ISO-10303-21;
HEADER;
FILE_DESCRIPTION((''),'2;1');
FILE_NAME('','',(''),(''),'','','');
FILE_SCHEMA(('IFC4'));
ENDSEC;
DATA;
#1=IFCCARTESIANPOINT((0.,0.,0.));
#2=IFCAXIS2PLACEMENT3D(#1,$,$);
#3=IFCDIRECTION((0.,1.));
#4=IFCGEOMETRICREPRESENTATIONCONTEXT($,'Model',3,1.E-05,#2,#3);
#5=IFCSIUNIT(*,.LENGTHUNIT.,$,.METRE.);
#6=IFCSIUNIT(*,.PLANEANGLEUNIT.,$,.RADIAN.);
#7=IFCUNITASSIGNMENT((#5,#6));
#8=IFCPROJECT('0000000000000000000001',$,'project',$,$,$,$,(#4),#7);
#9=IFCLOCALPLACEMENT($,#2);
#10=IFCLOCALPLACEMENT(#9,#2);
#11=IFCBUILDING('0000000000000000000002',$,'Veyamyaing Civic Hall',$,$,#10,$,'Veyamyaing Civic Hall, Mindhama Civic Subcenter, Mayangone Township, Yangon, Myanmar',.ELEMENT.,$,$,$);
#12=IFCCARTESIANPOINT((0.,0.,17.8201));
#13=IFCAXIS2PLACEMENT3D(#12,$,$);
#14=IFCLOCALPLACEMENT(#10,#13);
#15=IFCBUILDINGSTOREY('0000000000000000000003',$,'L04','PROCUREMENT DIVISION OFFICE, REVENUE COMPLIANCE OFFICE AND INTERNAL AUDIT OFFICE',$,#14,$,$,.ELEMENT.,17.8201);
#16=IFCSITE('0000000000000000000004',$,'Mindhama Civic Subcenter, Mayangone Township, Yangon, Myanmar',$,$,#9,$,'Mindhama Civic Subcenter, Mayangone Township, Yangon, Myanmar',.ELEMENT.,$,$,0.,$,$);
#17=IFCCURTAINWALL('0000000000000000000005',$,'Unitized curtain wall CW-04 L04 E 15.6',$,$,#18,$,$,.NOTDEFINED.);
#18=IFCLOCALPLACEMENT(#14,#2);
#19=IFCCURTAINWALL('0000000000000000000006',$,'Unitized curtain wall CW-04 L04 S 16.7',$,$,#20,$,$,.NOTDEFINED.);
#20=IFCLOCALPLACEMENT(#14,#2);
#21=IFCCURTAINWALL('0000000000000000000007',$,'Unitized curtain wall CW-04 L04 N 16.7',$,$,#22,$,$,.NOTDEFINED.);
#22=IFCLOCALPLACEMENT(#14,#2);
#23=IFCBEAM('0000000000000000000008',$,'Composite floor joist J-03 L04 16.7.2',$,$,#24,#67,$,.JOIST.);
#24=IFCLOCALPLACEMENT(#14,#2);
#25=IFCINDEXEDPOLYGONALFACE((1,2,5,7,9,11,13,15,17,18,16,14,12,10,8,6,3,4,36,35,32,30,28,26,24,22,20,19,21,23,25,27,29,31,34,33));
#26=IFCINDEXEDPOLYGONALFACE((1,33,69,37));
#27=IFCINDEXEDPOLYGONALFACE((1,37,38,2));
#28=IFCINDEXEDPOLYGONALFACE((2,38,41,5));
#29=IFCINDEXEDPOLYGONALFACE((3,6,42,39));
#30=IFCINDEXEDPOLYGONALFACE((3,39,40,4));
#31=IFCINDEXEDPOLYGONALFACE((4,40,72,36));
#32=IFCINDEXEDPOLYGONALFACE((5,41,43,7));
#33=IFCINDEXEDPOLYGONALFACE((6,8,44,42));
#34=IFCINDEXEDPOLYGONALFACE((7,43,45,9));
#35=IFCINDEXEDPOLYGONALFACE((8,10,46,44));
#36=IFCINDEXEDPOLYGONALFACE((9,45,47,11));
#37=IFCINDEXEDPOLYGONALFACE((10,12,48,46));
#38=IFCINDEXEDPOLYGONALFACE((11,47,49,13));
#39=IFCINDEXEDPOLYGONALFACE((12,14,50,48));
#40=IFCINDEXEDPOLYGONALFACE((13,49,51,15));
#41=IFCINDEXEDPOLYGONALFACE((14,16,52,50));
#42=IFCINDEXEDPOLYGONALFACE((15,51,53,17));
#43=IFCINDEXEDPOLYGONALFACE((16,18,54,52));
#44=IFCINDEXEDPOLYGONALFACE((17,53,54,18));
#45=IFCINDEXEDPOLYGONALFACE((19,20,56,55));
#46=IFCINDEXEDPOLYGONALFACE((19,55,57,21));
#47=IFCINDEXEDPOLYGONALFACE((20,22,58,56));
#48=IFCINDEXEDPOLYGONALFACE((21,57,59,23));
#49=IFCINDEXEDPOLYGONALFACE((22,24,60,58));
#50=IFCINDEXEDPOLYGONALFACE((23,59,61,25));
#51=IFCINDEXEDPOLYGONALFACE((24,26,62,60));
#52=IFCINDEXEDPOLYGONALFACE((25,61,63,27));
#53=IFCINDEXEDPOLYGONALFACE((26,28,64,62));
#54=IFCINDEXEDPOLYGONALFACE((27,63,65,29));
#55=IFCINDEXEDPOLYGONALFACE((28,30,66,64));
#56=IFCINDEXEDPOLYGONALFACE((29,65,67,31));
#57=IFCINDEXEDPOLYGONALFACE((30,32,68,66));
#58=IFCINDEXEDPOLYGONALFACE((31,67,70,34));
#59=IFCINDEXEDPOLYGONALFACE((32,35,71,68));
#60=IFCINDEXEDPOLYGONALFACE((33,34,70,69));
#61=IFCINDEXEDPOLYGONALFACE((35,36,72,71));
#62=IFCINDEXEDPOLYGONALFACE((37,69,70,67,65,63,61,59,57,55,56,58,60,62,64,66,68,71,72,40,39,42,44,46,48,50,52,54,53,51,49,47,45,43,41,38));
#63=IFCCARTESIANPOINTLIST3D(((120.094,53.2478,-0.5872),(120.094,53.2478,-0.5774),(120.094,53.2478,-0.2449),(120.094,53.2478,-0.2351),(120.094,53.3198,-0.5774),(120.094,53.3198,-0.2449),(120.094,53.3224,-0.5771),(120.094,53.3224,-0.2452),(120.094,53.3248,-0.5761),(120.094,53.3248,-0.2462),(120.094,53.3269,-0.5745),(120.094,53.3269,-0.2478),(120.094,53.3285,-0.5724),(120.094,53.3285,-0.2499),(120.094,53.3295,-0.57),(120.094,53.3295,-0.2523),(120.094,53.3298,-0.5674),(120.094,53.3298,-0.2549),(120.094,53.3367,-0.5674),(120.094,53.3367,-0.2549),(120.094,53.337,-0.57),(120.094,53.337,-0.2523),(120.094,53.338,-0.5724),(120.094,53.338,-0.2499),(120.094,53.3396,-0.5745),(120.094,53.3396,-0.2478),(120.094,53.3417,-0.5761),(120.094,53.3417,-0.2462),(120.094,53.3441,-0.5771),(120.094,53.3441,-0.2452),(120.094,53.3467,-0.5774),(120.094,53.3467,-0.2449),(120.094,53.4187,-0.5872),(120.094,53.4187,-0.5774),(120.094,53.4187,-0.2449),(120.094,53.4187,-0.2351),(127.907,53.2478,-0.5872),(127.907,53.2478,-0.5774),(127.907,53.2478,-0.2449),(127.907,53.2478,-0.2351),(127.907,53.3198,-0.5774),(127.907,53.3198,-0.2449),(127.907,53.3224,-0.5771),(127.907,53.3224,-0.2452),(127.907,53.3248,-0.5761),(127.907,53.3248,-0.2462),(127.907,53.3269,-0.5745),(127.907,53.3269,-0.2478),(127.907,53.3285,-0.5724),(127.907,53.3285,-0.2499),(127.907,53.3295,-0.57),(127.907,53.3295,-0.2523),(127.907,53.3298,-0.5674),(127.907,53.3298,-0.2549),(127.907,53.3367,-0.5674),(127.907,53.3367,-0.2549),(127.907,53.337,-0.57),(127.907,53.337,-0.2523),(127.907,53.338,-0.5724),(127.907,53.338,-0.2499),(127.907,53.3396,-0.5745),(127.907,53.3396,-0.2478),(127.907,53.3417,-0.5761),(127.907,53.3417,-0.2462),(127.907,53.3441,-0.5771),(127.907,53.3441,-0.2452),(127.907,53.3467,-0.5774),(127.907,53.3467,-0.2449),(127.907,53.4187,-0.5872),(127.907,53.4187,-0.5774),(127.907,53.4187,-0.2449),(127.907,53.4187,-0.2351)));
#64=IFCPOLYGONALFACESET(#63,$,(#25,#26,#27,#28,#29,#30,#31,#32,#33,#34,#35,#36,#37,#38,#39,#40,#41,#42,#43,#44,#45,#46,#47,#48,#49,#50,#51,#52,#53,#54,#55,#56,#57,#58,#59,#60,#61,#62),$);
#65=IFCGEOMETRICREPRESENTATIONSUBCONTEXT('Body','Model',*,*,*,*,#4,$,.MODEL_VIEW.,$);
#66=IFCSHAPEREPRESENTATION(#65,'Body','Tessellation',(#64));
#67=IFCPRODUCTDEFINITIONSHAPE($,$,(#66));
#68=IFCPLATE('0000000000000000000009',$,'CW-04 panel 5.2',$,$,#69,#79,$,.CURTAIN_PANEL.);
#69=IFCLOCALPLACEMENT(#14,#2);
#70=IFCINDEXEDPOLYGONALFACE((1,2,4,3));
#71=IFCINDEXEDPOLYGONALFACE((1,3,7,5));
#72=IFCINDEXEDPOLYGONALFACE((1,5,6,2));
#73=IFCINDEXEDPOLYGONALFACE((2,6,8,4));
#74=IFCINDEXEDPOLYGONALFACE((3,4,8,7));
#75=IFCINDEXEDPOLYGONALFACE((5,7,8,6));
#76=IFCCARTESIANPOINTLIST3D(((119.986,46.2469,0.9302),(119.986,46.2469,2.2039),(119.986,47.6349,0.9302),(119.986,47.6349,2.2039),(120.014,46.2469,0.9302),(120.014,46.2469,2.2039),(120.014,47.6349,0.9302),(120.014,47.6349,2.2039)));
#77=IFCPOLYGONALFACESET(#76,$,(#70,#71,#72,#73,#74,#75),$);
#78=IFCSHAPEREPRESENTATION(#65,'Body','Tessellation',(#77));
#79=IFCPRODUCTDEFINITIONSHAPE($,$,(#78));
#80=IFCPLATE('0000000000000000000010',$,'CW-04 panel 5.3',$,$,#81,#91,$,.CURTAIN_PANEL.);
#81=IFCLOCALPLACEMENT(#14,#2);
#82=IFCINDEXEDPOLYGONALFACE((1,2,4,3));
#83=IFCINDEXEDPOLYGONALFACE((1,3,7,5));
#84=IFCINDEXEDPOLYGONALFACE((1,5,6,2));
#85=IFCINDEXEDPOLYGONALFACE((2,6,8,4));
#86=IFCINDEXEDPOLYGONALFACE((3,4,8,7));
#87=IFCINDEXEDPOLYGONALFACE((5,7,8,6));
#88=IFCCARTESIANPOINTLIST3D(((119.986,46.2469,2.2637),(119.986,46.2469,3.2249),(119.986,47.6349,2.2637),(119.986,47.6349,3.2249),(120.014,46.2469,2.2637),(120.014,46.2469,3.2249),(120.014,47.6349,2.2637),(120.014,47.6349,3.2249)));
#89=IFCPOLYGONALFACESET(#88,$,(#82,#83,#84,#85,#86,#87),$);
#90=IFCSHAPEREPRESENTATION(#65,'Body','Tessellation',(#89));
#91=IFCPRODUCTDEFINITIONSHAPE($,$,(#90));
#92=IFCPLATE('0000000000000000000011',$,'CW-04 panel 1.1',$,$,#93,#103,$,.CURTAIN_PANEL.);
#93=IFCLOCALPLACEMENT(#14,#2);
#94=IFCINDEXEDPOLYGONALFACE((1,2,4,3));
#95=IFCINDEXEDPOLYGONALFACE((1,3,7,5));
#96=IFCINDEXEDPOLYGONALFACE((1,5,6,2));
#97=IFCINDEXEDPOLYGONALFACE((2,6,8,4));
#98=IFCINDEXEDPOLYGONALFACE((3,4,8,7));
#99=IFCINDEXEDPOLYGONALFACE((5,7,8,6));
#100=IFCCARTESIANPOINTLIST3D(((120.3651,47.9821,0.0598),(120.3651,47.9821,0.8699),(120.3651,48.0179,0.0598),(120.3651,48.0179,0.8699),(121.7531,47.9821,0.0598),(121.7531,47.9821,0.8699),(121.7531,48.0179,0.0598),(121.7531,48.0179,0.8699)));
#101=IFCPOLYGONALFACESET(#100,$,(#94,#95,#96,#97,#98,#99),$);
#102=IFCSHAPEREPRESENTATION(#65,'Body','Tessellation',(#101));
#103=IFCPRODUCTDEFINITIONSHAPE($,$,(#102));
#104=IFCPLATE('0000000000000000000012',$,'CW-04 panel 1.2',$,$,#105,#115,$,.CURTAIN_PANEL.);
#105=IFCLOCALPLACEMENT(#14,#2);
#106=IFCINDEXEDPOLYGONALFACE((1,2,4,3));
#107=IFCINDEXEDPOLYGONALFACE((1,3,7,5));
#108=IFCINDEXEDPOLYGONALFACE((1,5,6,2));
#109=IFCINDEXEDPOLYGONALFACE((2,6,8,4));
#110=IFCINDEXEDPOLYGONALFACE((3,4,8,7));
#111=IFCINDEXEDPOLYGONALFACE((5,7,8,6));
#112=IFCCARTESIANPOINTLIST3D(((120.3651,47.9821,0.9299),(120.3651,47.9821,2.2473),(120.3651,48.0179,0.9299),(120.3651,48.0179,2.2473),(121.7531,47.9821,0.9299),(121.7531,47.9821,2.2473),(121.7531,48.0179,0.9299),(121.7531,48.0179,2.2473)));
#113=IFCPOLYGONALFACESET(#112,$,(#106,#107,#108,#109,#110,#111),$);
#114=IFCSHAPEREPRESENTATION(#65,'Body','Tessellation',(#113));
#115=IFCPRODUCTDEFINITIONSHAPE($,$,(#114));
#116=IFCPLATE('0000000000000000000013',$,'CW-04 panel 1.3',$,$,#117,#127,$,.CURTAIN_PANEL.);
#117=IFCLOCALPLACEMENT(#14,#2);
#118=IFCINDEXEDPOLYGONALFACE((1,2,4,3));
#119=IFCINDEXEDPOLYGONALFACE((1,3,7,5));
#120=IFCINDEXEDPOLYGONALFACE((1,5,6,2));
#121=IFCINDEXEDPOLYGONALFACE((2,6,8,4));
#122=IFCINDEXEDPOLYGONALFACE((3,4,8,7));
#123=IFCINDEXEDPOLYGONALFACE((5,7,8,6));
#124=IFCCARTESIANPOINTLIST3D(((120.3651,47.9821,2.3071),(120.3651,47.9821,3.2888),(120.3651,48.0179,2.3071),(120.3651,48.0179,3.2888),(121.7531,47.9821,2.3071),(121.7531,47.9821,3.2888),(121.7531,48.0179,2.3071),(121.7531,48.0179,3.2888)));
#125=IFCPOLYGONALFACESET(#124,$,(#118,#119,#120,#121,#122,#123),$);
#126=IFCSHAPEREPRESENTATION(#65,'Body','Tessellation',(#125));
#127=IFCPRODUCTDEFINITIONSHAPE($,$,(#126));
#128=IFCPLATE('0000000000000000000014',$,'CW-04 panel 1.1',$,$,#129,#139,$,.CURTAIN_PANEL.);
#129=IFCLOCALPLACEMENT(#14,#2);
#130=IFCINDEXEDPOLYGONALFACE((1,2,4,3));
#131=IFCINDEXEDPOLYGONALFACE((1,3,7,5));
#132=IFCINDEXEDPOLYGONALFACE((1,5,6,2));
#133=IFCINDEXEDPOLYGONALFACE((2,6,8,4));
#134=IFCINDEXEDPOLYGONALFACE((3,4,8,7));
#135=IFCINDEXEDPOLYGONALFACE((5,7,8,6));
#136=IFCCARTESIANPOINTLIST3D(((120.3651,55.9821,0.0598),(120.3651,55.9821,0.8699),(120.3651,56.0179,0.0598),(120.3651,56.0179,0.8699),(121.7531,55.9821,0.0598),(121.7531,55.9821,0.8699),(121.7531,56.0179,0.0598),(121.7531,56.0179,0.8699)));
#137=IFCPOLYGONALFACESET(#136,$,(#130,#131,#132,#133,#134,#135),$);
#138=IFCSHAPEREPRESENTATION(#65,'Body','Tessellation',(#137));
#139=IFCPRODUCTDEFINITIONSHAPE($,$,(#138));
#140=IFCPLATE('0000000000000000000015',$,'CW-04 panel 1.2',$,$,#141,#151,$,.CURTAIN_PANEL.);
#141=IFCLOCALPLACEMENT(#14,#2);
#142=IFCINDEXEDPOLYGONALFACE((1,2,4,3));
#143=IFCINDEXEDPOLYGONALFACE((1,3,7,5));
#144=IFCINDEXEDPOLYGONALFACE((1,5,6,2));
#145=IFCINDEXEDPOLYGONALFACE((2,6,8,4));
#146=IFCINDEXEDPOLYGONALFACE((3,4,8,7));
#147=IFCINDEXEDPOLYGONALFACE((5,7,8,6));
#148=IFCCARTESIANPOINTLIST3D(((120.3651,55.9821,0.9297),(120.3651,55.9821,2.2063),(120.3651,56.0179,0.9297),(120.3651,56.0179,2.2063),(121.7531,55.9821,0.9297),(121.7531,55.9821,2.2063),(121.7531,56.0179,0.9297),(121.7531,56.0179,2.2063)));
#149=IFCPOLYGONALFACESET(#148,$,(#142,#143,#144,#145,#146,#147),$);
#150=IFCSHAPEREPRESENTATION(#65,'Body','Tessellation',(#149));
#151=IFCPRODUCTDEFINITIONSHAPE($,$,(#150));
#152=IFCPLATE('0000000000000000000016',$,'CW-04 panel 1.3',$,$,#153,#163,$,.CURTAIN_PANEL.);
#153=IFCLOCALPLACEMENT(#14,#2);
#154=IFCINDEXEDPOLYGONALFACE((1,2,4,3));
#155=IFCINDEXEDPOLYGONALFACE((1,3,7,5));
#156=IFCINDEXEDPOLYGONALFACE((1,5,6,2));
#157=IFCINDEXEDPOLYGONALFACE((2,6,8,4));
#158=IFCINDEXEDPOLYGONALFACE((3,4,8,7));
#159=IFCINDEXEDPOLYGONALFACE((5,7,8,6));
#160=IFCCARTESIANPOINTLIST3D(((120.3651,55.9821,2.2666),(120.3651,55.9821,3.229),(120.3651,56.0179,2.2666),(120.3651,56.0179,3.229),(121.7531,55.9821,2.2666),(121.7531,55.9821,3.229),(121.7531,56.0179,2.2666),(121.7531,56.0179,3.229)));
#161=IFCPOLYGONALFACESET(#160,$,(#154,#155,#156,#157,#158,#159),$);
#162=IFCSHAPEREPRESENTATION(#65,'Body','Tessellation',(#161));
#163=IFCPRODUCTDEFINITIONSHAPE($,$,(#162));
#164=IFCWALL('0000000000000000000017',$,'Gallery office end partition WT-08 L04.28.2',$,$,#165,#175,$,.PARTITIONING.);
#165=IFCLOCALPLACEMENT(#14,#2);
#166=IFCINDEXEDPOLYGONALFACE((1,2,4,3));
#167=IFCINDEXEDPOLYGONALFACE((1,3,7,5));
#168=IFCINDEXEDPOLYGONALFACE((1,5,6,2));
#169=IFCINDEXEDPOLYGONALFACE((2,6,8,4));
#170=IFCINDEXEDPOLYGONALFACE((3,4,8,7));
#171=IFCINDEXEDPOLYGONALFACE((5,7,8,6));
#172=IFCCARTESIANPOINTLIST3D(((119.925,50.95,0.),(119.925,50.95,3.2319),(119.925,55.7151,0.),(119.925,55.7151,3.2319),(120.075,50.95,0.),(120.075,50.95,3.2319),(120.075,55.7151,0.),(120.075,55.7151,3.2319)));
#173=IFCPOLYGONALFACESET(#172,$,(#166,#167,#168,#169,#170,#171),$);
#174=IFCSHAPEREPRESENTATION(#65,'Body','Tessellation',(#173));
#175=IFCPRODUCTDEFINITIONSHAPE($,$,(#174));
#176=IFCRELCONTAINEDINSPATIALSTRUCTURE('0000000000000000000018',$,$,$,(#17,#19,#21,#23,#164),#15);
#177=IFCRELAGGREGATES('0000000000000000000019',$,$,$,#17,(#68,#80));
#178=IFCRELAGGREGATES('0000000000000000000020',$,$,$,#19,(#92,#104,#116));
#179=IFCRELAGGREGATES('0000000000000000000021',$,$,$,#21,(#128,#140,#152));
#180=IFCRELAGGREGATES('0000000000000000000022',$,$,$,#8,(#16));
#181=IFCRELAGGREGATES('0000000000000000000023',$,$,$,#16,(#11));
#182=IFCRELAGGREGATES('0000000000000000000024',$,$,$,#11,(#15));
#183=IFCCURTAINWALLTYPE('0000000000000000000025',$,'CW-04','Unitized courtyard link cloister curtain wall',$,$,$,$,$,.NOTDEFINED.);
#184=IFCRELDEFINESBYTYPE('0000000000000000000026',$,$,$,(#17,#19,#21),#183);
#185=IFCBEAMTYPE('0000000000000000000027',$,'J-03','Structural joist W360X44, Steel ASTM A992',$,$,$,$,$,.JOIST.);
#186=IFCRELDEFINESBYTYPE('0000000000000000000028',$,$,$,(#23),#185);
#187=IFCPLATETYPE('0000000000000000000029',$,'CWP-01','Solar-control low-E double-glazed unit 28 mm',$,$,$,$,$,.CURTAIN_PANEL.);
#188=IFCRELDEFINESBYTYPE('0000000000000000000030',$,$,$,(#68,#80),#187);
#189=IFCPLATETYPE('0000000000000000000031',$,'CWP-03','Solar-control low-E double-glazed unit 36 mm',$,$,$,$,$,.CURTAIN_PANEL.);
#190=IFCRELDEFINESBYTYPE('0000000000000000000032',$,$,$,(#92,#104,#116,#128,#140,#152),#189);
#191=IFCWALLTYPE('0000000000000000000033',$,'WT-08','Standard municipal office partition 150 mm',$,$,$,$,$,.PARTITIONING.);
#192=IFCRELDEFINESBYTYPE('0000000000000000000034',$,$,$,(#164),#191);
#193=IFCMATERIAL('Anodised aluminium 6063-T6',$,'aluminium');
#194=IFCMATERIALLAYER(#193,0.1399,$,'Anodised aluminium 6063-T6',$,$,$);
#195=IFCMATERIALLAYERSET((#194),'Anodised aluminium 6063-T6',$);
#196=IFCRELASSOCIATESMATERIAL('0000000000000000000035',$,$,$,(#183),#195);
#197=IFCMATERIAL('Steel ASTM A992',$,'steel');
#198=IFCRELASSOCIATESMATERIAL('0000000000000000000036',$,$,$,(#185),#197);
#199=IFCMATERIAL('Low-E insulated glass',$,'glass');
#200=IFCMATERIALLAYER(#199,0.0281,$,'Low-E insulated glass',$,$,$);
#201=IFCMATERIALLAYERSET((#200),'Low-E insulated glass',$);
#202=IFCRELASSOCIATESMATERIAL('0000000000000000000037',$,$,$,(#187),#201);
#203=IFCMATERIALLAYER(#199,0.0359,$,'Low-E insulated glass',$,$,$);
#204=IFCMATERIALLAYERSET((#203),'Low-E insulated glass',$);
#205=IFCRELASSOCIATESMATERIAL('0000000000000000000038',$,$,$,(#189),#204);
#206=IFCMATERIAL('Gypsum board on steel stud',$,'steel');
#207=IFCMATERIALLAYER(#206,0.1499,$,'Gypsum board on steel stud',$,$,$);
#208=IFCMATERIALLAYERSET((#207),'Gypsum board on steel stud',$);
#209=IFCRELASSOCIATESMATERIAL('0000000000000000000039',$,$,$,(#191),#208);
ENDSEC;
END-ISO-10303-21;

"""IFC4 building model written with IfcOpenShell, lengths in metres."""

from ifc_helpers import new_model, si_unit, direction, frame, frame_2d, origin, origin_2d, place, context, subcontext, project, spatial, rectangle, i_section, extrude, material, layer, layer_set, material_profile, profile_set, type_object, element, aggregate, save


model = new_model("IFC4")

# Units and contexts
model_context = context("Model", 3, precision=1e-05, world=origin(), true_north=direction((0.0, 1.0)))
body_context = subcontext(model_context, "Body", "Model", "MODEL_VIEW")
ifc_project = project(units=[si_unit("LENGTHUNIT", "METRE"), si_unit("PLANEANGLEUNIT", "RADIAN")], contexts=[model_context])

# Site, building, storey
site_placement = place(None, origin())
site = spatial("IfcSite", under=ifc_project, at=site_placement, Name="Mindhama Civic Subcenter, Mayangone Township, Yangon, Myanmar", LongName="Mindhama Civic Subcenter, Mayangone Township, Yangon, Myanmar", CompositionType="ELEMENT", RefElevation=0.0)
building_placement = place(site_placement, origin())
building = spatial("IfcBuilding", under=site, at=building_placement, Name="Veyamyaing Civic Hall", LongName="Veyamyaing Civic Hall, Mindhama Civic Subcenter, Mayangone Township, Yangon, Myanmar", CompositionType="ELEMENT")
storey_placement = place(building_placement, frame((0.0, 0.0, 17.8201)))
storey = spatial("IfcBuildingStorey", under=building, at=storey_placement, Name="L04", Description="PROCUREMENT DIVISION OFFICE, REVENUE COMPLIANCE OFFICE AND INTERNAL AUDIT OFFICE", CompositionType="ELEMENT", Elevation=17.8201)

# Shared definitions
ifc_material_1 = material(Name="Steel ASTM A992", Category="steel")

# Curtain walls
ifc_material_2 = material(Name="Anodised aluminium 6063-T6", Category="aluminium")
ifc_layer_1 = layer(ifc_material_2, 0.1399, Name="Anodised aluminium 6063-T6")
ifc_layer_set_1 = layer_set([ifc_layer_1], Name="Anodised aluminium 6063-T6")
curtain_wall_type = type_object("IfcCurtainWallType", Name="CW-04", Description="Unitized courtyard link cloister curtain wall", PredefinedType="NOTDEFINED", material=ifc_layer_set_1)
curtain_wall_1_placement = place(storey_placement, origin())
curtain_wall_1 = element("IfcCurtainWall", 1, at=curtain_wall_1_placement, inside=storey, type_object=curtain_wall_type, Name="Unitized curtain wall CW-04 L04 E 15.6", PredefinedType="NOTDEFINED")
curtain_wall_2_placement = place(storey_placement, origin())
curtain_wall_2 = element("IfcCurtainWall", 2, at=curtain_wall_2_placement, inside=storey, type_object=curtain_wall_type, Name="Unitized curtain wall CW-04 L04 S 16.7", PredefinedType="NOTDEFINED")
curtain_wall_3_placement = place(storey_placement, origin())
curtain_wall_3 = element("IfcCurtainWall", 3, at=curtain_wall_3_placement, inside=storey, type_object=curtain_wall_type, Name="Unitized curtain wall CW-04 L04 N 16.7", PredefinedType="NOTDEFINED")

# Beam
ifc_material_profile_1 = material_profile(ifc_material_1, i_section(OverallWidth=0.1709, OverallDepth=0.3521, WebThickness=0.0068, FlangeThickness=0.0098, FilletRadius=0.01, at=origin_2d()), Name="W360X44")
ifc_profile_set_1 = profile_set([ifc_material_profile_1], Name="Steel ASTM A992")
beam_type_1 = type_object("IfcBeamType", Name="J-03", Description="Structural joist W360X44, Steel ASTM A992", PredefinedType="JOIST", material=ifc_profile_set_1)
for number, where, z_axis, x_axis, name in (
    (4, (120.094, 53.3333, -0.4111), (1.0, 0.0, 0.0), (0.0, 1.0, 0.0), "Composite floor joist J-03 L04 16.7.2"),
):
    element("IfcBeam", number, at=place(storey_placement, frame(where, z_axis=z_axis, x_axis=x_axis)), inside=storey, type_object=beam_type_1, Name=name, PredefinedType="JOIST", context=body_context, shape_type="SweptSolid", body=[
        extrude(i_section(OverallWidth=0.1709, OverallDepth=0.3521, WebThickness=0.0068, FlangeThickness=0.0098, FilletRadius=0.01, at=origin_2d()), origin(), (0.0, 0.0, 1.0), 7.813),
    ])

# Plates
ifc_material_3 = material(Name="Low-E insulated glass", Category="glass")
ifc_layer_2 = layer(ifc_material_3, 0.0281, Name="Low-E insulated glass")
ifc_layer_set_2 = layer_set([ifc_layer_2], Name="Low-E insulated glass")
plate_type_1 = type_object("IfcPlateType", Name="CWP-01", Description="Solar-control low-E double-glazed unit 28 mm", PredefinedType="CURTAIN_PANEL", material=ifc_layer_set_2)
plate_1_placement = place(storey_placement, frame((120.0, 46.9409, 0.9302), z_axis=(0.0, 0.0, 1.0), x_axis=(0.0, 1.0, 0.0)))
plate_1 = element("IfcPlate", 5, at=plate_1_placement, type_object=plate_type_1, Name="CW-04 panel 5.2", PredefinedType="CURTAIN_PANEL", context=body_context, shape_type="SweptSolid", body=[
    extrude(rectangle(XDim=1.3879, YDim=0.0281, at=origin_2d()), origin(), (0.0, 0.0, 1.0), 1.2737),
])
plate_2_placement = place(storey_placement, frame((120.0, 46.9409, 2.2637), z_axis=(0.0, 0.0, 1.0), x_axis=(0.0, 1.0, 0.0)))
plate_2 = element("IfcPlate", 6, at=plate_2_placement, type_object=plate_type_1, Name="CW-04 panel 5.3", PredefinedType="CURTAIN_PANEL", context=body_context, shape_type="SweptSolid", body=[
    extrude(rectangle(XDim=1.3879, YDim=0.0281, at=origin_2d()), origin(), (0.0, 0.0, 1.0), 0.9612),
])
aggregate(curtain_wall_1, [plate_1, plate_2])
ifc_layer_3 = layer(ifc_material_3, 0.0359, Name="Low-E insulated glass")
ifc_layer_set_3 = layer_set([ifc_layer_3], Name="Low-E insulated glass")
plate_type_2 = type_object("IfcPlateType", Name="CWP-03", Description="Solar-control low-E double-glazed unit 36 mm", PredefinedType="CURTAIN_PANEL", material=ifc_layer_set_3)
plate_3_placement = place(storey_placement, frame((121.0591, 48.0, 0.0598), z_axis=(0.0, 0.0, 1.0), x_axis=(1.0, 0.0, 0.0)))
plate_3 = element("IfcPlate", 7, at=plate_3_placement, type_object=plate_type_2, Name="CW-04 panel 1.1", PredefinedType="CURTAIN_PANEL", context=body_context, shape_type="SweptSolid", body=[
    extrude(rectangle(XDim=1.3879, YDim=0.0359, at=origin_2d()), origin(), (0.0, 0.0, 1.0), 0.8101),
])
plate_4_placement = place(storey_placement, frame((121.0591, 48.0, 0.9299), z_axis=(0.0, 0.0, 1.0), x_axis=(1.0, 0.0, 0.0)))
plate_4 = element("IfcPlate", 8, at=plate_4_placement, type_object=plate_type_2, Name="CW-04 panel 1.2", PredefinedType="CURTAIN_PANEL", context=body_context, shape_type="SweptSolid", body=[
    extrude(rectangle(XDim=1.3879, YDim=0.0359, at=origin_2d()), origin(), (0.0, 0.0, 1.0), 1.3174),
])
plate_5_placement = place(storey_placement, frame((121.0591, 48.0, 2.3071), z_axis=(0.0, 0.0, 1.0), x_axis=(1.0, 0.0, 0.0)))
plate_5 = element("IfcPlate", 9, at=plate_5_placement, type_object=plate_type_2, Name="CW-04 panel 1.3", PredefinedType="CURTAIN_PANEL", context=body_context, shape_type="SweptSolid", body=[
    extrude(rectangle(XDim=1.3879, YDim=0.0359, at=origin_2d()), origin(), (0.0, 0.0, 1.0), 0.9817),
])
aggregate(curtain_wall_2, [plate_3, plate_4, plate_5])
plate_6_placement = place(storey_placement, frame((121.0591, 56.0, 0.0598), z_axis=(0.0, 0.0, 1.0), x_axis=(1.0, 0.0, 0.0)))
plate_6 = element("IfcPlate", 10, at=plate_6_placement, type_object=plate_type_2, Name="CW-04 panel 1.1", PredefinedType="CURTAIN_PANEL", context=body_context, shape_type="SweptSolid", body=[
    extrude(rectangle(XDim=1.3879, YDim=0.0359, at=origin_2d()), origin(), (0.0, 0.0, 1.0), 0.8101),
])
plate_7_placement = place(storey_placement, frame((121.0591, 56.0, 0.9297), z_axis=(0.0, 0.0, 1.0), x_axis=(1.0, 0.0, 0.0)))
plate_7 = element("IfcPlate", 11, at=plate_7_placement, type_object=plate_type_2, Name="CW-04 panel 1.2", PredefinedType="CURTAIN_PANEL", context=body_context, shape_type="SweptSolid", body=[
    extrude(rectangle(XDim=1.3879, YDim=0.0359, at=origin_2d()), origin(), (0.0, 0.0, 1.0), 1.2766),
])
plate_8_placement = place(storey_placement, frame((121.0591, 56.0, 2.2666), z_axis=(0.0, 0.0, 1.0), x_axis=(1.0, 0.0, 0.0)))
plate_8 = element("IfcPlate", 12, at=plate_8_placement, type_object=plate_type_2, Name="CW-04 panel 1.3", PredefinedType="CURTAIN_PANEL", context=body_context, shape_type="SweptSolid", body=[
    extrude(rectangle(XDim=1.3879, YDim=0.0359, at=origin_2d()), origin(), (0.0, 0.0, 1.0), 0.9624),
])
aggregate(curtain_wall_3, [plate_6, plate_7, plate_8])

# Wall
ifc_material_4 = material(Name="Gypsum board on steel stud", Category="steel")
ifc_layer_4 = layer(ifc_material_4, 0.1499, Name="Gypsum board on steel stud")
ifc_layer_set_4 = layer_set([ifc_layer_4], Name="Gypsum board on steel stud")
wall_type_1 = type_object("IfcWallType", Name="WT-08", Description="Standard municipal office partition 150 mm", PredefinedType="PARTITIONING", material=ifc_layer_set_4)
wall_1_placement = place(storey_placement, frame((120.0, 50.95, 0.0), z_axis=(0.0, 0.0, 1.0), x_axis=(0.0, 1.0, 0.0)))
element("IfcWall", 13, at=wall_1_placement, inside=storey, type_object=wall_type_1, Name="Gallery office end partition WT-08 L04.28.2", PredefinedType="PARTITIONING", context=body_context, shape_type="SweptSolid", body=[
    extrude(rectangle(XDim=4.7651, YDim=0.1499, at=frame_2d((2.3826, 0.0))), origin(), (0.0, 0.0, 1.0), 3.2319),
])

save(model, "model.ifc")
